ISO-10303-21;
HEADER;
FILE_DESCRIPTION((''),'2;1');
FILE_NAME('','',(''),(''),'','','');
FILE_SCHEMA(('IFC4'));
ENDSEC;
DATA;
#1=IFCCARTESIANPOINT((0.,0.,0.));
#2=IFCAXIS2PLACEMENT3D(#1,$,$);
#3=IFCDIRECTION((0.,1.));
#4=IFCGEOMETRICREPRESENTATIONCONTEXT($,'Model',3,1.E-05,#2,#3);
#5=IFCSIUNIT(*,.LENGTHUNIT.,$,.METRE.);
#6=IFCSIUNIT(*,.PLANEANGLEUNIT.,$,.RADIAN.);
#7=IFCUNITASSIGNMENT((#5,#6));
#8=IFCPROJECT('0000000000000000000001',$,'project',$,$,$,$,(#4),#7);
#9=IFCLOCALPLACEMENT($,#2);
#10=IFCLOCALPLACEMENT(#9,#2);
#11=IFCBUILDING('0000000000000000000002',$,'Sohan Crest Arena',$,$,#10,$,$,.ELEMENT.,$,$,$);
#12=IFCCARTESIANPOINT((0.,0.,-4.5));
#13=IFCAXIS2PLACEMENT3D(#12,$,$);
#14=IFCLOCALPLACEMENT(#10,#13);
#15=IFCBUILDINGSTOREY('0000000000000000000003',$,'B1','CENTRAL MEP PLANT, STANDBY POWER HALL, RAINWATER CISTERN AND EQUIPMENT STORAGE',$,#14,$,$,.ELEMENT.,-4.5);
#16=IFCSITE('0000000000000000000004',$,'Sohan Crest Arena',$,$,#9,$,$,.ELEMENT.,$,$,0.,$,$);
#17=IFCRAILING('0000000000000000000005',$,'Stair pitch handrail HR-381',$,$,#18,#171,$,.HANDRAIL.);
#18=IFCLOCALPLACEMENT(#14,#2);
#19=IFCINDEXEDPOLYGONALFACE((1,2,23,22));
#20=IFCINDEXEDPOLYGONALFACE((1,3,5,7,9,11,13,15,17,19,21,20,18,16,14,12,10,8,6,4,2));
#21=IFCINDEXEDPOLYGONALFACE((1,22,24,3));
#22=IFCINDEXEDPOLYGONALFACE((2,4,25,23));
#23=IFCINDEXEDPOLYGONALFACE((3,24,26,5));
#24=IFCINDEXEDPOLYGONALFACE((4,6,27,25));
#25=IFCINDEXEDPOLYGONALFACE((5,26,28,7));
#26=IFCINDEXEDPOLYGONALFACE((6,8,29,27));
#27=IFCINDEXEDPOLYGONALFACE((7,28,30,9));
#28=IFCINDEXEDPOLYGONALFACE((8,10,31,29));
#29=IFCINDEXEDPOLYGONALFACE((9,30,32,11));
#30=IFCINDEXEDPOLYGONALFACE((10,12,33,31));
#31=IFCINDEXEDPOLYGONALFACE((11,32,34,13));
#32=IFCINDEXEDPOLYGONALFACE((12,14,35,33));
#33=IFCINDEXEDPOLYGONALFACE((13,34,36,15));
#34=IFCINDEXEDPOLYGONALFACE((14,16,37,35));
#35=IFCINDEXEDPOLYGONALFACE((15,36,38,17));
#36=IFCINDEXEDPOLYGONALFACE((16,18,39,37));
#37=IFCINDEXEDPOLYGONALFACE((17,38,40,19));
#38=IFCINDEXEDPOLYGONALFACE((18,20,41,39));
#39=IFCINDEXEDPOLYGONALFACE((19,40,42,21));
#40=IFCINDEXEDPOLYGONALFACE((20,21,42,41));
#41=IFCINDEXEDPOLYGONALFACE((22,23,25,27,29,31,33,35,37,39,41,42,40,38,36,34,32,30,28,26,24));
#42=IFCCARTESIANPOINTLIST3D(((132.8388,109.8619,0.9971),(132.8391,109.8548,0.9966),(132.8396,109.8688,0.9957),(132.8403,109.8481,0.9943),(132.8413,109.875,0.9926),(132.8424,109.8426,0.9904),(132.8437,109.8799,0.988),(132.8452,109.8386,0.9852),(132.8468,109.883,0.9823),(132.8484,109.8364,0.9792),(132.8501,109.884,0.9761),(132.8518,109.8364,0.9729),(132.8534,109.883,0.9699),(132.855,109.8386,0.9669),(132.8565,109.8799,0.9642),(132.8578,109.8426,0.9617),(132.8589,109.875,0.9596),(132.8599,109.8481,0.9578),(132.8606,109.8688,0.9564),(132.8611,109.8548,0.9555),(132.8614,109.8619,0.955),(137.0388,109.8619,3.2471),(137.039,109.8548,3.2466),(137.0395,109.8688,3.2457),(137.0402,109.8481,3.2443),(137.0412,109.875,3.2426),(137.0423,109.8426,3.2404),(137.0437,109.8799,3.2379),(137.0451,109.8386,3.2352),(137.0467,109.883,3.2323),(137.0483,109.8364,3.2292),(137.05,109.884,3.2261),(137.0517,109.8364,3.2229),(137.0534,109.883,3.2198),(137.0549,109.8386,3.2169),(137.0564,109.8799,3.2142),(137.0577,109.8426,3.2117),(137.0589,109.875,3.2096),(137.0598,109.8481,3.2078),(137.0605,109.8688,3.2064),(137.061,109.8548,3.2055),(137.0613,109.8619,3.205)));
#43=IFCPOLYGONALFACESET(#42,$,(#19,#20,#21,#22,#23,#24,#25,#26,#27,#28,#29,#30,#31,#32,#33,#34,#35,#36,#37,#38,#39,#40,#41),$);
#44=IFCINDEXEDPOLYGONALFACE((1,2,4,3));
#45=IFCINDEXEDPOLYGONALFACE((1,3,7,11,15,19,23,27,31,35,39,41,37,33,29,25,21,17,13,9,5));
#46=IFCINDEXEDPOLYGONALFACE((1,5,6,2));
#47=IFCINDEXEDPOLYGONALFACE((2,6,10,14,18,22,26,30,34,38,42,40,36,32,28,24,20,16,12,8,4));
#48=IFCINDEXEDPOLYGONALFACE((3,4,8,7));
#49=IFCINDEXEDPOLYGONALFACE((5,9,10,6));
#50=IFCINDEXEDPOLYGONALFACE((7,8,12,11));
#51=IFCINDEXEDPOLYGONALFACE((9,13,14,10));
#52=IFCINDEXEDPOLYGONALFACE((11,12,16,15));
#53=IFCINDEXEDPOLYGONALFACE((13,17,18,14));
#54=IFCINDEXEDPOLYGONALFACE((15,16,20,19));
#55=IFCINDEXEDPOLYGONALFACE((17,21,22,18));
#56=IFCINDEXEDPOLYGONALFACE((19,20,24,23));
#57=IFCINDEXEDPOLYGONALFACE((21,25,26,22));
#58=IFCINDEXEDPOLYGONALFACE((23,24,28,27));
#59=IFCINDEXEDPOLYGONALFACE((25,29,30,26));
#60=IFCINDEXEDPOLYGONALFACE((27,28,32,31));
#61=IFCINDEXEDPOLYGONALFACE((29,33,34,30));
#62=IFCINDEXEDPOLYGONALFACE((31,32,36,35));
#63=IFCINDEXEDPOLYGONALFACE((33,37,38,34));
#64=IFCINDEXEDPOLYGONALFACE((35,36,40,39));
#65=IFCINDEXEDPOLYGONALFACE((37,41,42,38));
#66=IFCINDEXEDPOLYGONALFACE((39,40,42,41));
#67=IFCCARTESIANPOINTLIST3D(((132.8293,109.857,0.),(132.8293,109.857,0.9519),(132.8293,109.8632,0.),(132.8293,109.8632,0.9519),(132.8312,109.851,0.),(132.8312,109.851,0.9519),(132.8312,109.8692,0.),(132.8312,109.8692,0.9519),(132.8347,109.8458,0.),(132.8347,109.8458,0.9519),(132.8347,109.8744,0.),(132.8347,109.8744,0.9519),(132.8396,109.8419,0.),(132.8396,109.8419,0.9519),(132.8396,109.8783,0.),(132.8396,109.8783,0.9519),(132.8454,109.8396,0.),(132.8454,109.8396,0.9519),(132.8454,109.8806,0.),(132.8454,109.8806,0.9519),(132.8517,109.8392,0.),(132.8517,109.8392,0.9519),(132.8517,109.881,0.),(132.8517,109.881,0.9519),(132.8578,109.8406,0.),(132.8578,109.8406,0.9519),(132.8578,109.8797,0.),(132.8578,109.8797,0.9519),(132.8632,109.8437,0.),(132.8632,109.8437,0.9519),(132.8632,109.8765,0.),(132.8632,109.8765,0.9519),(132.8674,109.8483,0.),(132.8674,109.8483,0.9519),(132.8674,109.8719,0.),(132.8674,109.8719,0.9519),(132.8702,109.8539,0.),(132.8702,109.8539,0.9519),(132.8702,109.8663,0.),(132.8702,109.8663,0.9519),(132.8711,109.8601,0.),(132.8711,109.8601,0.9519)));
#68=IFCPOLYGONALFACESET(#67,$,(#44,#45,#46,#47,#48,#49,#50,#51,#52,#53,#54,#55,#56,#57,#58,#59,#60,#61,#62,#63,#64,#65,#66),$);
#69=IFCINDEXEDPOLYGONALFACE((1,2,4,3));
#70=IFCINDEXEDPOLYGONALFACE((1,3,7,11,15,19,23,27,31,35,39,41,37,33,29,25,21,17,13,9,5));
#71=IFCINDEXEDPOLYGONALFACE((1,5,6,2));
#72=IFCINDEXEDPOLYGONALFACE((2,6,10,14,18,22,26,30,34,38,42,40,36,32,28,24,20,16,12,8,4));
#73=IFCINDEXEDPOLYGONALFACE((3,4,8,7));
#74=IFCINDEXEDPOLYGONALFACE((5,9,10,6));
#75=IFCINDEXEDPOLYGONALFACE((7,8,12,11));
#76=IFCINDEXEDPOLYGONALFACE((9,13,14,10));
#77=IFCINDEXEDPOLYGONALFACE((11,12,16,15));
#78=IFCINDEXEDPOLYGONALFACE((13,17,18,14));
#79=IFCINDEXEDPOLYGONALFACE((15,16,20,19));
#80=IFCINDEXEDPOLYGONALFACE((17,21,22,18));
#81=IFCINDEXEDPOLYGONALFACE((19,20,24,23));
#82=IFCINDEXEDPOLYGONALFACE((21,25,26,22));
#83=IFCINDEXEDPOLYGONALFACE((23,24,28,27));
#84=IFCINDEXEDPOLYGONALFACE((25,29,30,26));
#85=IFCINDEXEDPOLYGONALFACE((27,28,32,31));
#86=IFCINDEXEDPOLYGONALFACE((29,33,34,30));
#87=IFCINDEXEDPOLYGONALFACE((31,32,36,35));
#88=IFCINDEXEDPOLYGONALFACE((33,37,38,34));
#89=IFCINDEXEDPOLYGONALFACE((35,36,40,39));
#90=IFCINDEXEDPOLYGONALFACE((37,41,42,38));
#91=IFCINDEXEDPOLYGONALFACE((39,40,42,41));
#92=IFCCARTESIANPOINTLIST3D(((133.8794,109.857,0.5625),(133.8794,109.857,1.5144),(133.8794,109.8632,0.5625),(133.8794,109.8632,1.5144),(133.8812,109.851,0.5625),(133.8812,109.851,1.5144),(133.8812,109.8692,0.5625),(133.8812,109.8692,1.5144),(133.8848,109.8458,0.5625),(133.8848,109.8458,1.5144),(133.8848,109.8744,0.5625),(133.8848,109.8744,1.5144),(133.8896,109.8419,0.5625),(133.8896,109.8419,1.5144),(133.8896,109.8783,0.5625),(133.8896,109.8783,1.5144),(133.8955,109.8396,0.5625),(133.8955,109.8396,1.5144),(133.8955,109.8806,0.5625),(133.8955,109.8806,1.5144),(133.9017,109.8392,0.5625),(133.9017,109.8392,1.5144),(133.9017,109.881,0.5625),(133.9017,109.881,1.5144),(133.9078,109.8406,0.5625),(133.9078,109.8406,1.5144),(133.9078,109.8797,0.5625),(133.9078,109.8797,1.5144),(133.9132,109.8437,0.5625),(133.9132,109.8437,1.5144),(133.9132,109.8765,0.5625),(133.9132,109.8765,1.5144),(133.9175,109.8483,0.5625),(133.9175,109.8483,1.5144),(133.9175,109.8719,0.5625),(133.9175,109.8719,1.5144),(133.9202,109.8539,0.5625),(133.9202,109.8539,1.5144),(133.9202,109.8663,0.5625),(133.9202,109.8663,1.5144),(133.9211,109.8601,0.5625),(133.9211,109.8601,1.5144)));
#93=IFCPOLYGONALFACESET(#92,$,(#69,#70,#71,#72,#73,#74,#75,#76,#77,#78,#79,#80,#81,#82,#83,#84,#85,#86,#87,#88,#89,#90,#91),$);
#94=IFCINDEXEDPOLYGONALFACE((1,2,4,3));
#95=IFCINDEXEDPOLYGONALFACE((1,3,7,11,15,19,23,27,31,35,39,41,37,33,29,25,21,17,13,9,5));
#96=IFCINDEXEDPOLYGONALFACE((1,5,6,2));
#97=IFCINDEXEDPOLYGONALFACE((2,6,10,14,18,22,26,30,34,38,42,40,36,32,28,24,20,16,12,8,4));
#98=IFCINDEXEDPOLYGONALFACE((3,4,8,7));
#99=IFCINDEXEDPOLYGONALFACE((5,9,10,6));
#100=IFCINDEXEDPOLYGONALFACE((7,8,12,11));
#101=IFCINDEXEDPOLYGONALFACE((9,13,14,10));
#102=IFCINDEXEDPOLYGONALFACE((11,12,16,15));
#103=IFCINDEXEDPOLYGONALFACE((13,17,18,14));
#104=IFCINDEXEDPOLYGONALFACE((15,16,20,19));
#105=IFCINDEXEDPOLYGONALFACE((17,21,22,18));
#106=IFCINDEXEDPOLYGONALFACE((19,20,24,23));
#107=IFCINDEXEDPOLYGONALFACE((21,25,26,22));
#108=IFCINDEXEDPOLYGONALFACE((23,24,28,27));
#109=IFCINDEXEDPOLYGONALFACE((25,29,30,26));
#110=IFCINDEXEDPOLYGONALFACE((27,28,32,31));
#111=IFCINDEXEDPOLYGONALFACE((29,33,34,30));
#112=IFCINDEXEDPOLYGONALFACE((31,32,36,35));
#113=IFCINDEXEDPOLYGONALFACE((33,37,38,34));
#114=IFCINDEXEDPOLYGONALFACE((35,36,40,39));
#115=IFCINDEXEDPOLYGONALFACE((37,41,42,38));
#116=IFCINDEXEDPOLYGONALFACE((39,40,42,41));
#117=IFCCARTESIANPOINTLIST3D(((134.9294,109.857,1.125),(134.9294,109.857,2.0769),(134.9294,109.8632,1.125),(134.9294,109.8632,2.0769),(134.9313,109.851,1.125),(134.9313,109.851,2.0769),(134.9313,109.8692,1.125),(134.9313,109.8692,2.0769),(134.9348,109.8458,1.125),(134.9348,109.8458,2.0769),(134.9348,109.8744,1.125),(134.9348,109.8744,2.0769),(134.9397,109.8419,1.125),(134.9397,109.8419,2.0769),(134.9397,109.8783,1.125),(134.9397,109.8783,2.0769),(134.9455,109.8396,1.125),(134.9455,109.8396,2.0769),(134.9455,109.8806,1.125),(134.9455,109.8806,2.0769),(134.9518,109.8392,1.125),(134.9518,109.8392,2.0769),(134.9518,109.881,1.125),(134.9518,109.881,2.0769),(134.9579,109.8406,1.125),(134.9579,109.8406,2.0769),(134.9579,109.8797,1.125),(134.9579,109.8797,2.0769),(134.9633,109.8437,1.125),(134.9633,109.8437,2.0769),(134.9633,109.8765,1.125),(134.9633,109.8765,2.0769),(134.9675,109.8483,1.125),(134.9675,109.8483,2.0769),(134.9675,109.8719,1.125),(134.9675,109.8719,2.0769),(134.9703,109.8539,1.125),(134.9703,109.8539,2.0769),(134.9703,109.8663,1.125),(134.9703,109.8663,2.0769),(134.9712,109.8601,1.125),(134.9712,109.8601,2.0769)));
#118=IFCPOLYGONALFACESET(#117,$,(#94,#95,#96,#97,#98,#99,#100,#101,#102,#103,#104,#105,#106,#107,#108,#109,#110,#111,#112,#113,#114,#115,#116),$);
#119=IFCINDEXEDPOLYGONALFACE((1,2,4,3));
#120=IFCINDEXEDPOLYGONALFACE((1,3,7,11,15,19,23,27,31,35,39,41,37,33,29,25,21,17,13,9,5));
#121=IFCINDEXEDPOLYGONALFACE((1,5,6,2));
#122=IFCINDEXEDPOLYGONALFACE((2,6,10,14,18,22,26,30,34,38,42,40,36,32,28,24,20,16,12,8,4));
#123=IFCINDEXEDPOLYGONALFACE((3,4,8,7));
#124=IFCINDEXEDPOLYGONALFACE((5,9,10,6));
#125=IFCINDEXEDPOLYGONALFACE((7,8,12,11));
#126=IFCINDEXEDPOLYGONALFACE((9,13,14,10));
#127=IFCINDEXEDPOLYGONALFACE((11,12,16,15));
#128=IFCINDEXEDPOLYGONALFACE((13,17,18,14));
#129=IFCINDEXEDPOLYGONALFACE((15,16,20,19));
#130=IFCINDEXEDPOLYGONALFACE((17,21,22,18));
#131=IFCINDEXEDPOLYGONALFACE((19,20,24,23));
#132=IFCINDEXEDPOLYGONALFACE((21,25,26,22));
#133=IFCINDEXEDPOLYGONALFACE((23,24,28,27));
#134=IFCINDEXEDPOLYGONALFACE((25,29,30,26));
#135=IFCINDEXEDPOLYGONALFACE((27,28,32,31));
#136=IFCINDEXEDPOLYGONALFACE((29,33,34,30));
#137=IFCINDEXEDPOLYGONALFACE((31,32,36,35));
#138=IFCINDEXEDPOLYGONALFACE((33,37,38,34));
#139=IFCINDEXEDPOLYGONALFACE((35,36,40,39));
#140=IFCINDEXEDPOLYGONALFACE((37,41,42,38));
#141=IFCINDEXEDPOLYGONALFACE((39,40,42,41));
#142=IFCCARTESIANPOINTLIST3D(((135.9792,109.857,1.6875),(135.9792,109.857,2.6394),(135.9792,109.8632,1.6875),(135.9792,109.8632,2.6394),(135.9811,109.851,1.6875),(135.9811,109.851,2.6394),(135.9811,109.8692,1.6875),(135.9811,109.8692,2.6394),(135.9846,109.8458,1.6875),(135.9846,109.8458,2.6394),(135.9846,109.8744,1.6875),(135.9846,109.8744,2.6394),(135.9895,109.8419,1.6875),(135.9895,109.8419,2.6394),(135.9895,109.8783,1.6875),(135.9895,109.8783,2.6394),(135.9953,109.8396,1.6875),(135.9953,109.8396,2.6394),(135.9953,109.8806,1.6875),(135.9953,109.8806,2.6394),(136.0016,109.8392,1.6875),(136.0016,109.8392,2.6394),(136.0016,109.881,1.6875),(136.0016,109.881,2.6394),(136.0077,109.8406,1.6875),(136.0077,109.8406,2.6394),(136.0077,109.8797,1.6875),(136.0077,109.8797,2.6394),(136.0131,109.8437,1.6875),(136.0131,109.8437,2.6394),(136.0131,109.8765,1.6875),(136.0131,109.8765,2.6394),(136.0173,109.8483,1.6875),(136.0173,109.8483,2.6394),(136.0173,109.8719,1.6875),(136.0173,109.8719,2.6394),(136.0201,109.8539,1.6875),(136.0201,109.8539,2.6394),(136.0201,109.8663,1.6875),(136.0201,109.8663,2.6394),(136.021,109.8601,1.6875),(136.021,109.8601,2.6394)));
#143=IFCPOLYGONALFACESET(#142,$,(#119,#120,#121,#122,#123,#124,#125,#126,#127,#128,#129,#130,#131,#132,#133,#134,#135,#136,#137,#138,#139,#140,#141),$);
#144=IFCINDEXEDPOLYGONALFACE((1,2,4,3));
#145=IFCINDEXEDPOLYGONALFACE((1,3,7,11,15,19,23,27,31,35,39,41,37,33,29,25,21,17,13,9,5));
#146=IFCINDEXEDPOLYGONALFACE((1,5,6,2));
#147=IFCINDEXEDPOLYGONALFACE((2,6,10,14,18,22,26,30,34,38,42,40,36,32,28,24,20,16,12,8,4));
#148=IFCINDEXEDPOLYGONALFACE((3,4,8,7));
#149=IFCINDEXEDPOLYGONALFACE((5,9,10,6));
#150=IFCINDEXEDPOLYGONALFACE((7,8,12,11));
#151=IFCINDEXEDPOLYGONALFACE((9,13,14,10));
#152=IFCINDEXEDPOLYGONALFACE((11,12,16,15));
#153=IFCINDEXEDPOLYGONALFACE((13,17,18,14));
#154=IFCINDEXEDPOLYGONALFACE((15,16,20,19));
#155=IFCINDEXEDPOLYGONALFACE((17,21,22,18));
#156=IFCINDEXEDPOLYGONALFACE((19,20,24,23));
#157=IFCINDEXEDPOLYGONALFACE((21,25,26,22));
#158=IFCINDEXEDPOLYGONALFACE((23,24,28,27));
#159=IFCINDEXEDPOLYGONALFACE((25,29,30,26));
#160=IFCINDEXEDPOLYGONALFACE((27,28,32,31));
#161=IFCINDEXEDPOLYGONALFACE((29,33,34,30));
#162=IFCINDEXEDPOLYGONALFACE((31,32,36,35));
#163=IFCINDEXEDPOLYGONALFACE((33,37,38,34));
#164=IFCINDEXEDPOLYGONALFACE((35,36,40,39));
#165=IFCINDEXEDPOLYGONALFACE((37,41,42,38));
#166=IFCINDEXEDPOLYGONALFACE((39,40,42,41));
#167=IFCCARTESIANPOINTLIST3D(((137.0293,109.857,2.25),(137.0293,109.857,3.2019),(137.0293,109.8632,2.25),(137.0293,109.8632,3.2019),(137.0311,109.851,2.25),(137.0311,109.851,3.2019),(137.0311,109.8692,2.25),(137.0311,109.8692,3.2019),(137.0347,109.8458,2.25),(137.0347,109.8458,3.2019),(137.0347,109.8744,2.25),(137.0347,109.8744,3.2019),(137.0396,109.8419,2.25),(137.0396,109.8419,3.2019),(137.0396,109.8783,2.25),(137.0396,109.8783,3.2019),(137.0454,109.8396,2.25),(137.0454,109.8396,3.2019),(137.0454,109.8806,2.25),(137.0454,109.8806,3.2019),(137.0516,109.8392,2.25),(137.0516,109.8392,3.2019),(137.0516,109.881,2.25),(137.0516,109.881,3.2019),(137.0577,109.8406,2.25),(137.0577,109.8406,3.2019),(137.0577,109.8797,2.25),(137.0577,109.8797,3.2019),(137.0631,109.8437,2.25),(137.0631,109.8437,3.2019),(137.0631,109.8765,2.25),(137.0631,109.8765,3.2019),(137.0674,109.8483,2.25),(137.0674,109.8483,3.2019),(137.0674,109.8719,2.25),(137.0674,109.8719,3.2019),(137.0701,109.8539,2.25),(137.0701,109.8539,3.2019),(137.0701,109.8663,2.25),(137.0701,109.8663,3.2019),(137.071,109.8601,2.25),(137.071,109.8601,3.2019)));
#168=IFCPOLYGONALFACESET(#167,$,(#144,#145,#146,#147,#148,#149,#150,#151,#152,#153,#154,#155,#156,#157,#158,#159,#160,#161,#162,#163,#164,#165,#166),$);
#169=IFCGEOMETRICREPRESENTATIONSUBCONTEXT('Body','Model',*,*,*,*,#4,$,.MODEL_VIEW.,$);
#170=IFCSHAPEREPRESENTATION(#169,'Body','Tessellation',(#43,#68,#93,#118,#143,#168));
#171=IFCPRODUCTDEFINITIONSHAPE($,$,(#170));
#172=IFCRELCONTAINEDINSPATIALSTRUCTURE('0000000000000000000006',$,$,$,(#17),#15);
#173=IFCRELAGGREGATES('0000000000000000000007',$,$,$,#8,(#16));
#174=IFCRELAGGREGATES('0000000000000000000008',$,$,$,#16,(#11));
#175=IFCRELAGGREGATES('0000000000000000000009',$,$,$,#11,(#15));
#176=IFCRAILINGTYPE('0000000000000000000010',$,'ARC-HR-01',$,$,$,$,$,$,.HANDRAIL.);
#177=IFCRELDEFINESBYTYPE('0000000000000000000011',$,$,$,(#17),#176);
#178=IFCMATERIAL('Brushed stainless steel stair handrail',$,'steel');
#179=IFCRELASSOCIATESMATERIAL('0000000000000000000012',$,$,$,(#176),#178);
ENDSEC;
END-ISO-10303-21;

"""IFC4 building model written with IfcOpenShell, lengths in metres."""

from ifc_helpers import new_model, si_unit, direction, frame, origin, origin_2d, place, context, subcontext, project, spatial, circle, extrude, material, type_object, element, save


model = new_model("IFC4")

# Units and contexts
model_context = context("Model", 3, precision=1e-05, world=origin(), true_north=direction((0.0, 1.0)))
body_context = subcontext(model_context, "Body", "Model", "MODEL_VIEW")
ifc_project = project(units=[si_unit("LENGTHUNIT", "METRE"), si_unit("PLANEANGLEUNIT", "RADIAN")], contexts=[model_context])

# Site, building, storey
site_placement = place(None, origin())
site = spatial("IfcSite", under=ifc_project, at=site_placement, Name="Sohan Crest Arena", CompositionType="ELEMENT", RefElevation=0.0)
building_placement = place(site_placement, origin())
building = spatial("IfcBuilding", under=site, at=building_placement, Name="Sohan Crest Arena", CompositionType="ELEMENT")
storey_placement = place(building_placement, frame((0.0, 0.0, -4.5)))
storey = spatial("IfcBuildingStorey", under=building, at=storey_placement, Name="B1", Description="CENTRAL MEP PLANT, STANDBY POWER HALL, RAINWATER CISTERN AND EQUIPMENT STORAGE", CompositionType="ELEMENT", Elevation=-4.5)

# Railing
ifc_material_1 = material(Name="Brushed stainless steel stair handrail", Category="steel")
railing_type_1 = type_object("IfcRailingType", Name="ARC-HR-01", PredefinedType="HANDRAIL", material=ifc_material_1)
for number, where, name in (
    (1, (132.8501, 109.8601, 0.0), "Stair pitch handrail HR-381"),
):
    element("IfcRailing", number, at=place(storey_placement, frame(where)), inside=storey, type_object=railing_type_1, Name=name, PredefinedType="HANDRAIL", context=body_context, shape_type="SweptSolid", body=[
        extrude(circle(Radius=0.0239, at=origin_2d()), frame((0.0, 0.0, 0.9761), z_axis=(0.881478, 0.0, 0.472226), x_axis=(0.0, 1.0, 0.0)), (0.0, 0.0, 1.0), 4.7646),
        extrude(circle(Radius=0.021, at=origin_2d()), origin(), (0.0, 0.0, 1.0), 0.9519),
        extrude(circle(Radius=0.021, at=origin_2d()), frame((1.05, 0.0, 0.5625)), (0.0, 0.0, 1.0), 0.9519),
        extrude(circle(Radius=0.021, at=origin_2d()), frame((2.1001, 0.0, 1.125)), (0.0, 0.0, 1.0), 0.9519),
        extrude(circle(Radius=0.021, at=origin_2d()), frame((3.1499, 0.0, 1.6875)), (0.0, 0.0, 1.0), 0.9519),
        extrude(circle(Radius=0.021, at=origin_2d()), frame((4.2, 0.0, 2.25)), (0.0, 0.0, 1.0), 0.9519),
    ])

save(model, "model.ifc")
